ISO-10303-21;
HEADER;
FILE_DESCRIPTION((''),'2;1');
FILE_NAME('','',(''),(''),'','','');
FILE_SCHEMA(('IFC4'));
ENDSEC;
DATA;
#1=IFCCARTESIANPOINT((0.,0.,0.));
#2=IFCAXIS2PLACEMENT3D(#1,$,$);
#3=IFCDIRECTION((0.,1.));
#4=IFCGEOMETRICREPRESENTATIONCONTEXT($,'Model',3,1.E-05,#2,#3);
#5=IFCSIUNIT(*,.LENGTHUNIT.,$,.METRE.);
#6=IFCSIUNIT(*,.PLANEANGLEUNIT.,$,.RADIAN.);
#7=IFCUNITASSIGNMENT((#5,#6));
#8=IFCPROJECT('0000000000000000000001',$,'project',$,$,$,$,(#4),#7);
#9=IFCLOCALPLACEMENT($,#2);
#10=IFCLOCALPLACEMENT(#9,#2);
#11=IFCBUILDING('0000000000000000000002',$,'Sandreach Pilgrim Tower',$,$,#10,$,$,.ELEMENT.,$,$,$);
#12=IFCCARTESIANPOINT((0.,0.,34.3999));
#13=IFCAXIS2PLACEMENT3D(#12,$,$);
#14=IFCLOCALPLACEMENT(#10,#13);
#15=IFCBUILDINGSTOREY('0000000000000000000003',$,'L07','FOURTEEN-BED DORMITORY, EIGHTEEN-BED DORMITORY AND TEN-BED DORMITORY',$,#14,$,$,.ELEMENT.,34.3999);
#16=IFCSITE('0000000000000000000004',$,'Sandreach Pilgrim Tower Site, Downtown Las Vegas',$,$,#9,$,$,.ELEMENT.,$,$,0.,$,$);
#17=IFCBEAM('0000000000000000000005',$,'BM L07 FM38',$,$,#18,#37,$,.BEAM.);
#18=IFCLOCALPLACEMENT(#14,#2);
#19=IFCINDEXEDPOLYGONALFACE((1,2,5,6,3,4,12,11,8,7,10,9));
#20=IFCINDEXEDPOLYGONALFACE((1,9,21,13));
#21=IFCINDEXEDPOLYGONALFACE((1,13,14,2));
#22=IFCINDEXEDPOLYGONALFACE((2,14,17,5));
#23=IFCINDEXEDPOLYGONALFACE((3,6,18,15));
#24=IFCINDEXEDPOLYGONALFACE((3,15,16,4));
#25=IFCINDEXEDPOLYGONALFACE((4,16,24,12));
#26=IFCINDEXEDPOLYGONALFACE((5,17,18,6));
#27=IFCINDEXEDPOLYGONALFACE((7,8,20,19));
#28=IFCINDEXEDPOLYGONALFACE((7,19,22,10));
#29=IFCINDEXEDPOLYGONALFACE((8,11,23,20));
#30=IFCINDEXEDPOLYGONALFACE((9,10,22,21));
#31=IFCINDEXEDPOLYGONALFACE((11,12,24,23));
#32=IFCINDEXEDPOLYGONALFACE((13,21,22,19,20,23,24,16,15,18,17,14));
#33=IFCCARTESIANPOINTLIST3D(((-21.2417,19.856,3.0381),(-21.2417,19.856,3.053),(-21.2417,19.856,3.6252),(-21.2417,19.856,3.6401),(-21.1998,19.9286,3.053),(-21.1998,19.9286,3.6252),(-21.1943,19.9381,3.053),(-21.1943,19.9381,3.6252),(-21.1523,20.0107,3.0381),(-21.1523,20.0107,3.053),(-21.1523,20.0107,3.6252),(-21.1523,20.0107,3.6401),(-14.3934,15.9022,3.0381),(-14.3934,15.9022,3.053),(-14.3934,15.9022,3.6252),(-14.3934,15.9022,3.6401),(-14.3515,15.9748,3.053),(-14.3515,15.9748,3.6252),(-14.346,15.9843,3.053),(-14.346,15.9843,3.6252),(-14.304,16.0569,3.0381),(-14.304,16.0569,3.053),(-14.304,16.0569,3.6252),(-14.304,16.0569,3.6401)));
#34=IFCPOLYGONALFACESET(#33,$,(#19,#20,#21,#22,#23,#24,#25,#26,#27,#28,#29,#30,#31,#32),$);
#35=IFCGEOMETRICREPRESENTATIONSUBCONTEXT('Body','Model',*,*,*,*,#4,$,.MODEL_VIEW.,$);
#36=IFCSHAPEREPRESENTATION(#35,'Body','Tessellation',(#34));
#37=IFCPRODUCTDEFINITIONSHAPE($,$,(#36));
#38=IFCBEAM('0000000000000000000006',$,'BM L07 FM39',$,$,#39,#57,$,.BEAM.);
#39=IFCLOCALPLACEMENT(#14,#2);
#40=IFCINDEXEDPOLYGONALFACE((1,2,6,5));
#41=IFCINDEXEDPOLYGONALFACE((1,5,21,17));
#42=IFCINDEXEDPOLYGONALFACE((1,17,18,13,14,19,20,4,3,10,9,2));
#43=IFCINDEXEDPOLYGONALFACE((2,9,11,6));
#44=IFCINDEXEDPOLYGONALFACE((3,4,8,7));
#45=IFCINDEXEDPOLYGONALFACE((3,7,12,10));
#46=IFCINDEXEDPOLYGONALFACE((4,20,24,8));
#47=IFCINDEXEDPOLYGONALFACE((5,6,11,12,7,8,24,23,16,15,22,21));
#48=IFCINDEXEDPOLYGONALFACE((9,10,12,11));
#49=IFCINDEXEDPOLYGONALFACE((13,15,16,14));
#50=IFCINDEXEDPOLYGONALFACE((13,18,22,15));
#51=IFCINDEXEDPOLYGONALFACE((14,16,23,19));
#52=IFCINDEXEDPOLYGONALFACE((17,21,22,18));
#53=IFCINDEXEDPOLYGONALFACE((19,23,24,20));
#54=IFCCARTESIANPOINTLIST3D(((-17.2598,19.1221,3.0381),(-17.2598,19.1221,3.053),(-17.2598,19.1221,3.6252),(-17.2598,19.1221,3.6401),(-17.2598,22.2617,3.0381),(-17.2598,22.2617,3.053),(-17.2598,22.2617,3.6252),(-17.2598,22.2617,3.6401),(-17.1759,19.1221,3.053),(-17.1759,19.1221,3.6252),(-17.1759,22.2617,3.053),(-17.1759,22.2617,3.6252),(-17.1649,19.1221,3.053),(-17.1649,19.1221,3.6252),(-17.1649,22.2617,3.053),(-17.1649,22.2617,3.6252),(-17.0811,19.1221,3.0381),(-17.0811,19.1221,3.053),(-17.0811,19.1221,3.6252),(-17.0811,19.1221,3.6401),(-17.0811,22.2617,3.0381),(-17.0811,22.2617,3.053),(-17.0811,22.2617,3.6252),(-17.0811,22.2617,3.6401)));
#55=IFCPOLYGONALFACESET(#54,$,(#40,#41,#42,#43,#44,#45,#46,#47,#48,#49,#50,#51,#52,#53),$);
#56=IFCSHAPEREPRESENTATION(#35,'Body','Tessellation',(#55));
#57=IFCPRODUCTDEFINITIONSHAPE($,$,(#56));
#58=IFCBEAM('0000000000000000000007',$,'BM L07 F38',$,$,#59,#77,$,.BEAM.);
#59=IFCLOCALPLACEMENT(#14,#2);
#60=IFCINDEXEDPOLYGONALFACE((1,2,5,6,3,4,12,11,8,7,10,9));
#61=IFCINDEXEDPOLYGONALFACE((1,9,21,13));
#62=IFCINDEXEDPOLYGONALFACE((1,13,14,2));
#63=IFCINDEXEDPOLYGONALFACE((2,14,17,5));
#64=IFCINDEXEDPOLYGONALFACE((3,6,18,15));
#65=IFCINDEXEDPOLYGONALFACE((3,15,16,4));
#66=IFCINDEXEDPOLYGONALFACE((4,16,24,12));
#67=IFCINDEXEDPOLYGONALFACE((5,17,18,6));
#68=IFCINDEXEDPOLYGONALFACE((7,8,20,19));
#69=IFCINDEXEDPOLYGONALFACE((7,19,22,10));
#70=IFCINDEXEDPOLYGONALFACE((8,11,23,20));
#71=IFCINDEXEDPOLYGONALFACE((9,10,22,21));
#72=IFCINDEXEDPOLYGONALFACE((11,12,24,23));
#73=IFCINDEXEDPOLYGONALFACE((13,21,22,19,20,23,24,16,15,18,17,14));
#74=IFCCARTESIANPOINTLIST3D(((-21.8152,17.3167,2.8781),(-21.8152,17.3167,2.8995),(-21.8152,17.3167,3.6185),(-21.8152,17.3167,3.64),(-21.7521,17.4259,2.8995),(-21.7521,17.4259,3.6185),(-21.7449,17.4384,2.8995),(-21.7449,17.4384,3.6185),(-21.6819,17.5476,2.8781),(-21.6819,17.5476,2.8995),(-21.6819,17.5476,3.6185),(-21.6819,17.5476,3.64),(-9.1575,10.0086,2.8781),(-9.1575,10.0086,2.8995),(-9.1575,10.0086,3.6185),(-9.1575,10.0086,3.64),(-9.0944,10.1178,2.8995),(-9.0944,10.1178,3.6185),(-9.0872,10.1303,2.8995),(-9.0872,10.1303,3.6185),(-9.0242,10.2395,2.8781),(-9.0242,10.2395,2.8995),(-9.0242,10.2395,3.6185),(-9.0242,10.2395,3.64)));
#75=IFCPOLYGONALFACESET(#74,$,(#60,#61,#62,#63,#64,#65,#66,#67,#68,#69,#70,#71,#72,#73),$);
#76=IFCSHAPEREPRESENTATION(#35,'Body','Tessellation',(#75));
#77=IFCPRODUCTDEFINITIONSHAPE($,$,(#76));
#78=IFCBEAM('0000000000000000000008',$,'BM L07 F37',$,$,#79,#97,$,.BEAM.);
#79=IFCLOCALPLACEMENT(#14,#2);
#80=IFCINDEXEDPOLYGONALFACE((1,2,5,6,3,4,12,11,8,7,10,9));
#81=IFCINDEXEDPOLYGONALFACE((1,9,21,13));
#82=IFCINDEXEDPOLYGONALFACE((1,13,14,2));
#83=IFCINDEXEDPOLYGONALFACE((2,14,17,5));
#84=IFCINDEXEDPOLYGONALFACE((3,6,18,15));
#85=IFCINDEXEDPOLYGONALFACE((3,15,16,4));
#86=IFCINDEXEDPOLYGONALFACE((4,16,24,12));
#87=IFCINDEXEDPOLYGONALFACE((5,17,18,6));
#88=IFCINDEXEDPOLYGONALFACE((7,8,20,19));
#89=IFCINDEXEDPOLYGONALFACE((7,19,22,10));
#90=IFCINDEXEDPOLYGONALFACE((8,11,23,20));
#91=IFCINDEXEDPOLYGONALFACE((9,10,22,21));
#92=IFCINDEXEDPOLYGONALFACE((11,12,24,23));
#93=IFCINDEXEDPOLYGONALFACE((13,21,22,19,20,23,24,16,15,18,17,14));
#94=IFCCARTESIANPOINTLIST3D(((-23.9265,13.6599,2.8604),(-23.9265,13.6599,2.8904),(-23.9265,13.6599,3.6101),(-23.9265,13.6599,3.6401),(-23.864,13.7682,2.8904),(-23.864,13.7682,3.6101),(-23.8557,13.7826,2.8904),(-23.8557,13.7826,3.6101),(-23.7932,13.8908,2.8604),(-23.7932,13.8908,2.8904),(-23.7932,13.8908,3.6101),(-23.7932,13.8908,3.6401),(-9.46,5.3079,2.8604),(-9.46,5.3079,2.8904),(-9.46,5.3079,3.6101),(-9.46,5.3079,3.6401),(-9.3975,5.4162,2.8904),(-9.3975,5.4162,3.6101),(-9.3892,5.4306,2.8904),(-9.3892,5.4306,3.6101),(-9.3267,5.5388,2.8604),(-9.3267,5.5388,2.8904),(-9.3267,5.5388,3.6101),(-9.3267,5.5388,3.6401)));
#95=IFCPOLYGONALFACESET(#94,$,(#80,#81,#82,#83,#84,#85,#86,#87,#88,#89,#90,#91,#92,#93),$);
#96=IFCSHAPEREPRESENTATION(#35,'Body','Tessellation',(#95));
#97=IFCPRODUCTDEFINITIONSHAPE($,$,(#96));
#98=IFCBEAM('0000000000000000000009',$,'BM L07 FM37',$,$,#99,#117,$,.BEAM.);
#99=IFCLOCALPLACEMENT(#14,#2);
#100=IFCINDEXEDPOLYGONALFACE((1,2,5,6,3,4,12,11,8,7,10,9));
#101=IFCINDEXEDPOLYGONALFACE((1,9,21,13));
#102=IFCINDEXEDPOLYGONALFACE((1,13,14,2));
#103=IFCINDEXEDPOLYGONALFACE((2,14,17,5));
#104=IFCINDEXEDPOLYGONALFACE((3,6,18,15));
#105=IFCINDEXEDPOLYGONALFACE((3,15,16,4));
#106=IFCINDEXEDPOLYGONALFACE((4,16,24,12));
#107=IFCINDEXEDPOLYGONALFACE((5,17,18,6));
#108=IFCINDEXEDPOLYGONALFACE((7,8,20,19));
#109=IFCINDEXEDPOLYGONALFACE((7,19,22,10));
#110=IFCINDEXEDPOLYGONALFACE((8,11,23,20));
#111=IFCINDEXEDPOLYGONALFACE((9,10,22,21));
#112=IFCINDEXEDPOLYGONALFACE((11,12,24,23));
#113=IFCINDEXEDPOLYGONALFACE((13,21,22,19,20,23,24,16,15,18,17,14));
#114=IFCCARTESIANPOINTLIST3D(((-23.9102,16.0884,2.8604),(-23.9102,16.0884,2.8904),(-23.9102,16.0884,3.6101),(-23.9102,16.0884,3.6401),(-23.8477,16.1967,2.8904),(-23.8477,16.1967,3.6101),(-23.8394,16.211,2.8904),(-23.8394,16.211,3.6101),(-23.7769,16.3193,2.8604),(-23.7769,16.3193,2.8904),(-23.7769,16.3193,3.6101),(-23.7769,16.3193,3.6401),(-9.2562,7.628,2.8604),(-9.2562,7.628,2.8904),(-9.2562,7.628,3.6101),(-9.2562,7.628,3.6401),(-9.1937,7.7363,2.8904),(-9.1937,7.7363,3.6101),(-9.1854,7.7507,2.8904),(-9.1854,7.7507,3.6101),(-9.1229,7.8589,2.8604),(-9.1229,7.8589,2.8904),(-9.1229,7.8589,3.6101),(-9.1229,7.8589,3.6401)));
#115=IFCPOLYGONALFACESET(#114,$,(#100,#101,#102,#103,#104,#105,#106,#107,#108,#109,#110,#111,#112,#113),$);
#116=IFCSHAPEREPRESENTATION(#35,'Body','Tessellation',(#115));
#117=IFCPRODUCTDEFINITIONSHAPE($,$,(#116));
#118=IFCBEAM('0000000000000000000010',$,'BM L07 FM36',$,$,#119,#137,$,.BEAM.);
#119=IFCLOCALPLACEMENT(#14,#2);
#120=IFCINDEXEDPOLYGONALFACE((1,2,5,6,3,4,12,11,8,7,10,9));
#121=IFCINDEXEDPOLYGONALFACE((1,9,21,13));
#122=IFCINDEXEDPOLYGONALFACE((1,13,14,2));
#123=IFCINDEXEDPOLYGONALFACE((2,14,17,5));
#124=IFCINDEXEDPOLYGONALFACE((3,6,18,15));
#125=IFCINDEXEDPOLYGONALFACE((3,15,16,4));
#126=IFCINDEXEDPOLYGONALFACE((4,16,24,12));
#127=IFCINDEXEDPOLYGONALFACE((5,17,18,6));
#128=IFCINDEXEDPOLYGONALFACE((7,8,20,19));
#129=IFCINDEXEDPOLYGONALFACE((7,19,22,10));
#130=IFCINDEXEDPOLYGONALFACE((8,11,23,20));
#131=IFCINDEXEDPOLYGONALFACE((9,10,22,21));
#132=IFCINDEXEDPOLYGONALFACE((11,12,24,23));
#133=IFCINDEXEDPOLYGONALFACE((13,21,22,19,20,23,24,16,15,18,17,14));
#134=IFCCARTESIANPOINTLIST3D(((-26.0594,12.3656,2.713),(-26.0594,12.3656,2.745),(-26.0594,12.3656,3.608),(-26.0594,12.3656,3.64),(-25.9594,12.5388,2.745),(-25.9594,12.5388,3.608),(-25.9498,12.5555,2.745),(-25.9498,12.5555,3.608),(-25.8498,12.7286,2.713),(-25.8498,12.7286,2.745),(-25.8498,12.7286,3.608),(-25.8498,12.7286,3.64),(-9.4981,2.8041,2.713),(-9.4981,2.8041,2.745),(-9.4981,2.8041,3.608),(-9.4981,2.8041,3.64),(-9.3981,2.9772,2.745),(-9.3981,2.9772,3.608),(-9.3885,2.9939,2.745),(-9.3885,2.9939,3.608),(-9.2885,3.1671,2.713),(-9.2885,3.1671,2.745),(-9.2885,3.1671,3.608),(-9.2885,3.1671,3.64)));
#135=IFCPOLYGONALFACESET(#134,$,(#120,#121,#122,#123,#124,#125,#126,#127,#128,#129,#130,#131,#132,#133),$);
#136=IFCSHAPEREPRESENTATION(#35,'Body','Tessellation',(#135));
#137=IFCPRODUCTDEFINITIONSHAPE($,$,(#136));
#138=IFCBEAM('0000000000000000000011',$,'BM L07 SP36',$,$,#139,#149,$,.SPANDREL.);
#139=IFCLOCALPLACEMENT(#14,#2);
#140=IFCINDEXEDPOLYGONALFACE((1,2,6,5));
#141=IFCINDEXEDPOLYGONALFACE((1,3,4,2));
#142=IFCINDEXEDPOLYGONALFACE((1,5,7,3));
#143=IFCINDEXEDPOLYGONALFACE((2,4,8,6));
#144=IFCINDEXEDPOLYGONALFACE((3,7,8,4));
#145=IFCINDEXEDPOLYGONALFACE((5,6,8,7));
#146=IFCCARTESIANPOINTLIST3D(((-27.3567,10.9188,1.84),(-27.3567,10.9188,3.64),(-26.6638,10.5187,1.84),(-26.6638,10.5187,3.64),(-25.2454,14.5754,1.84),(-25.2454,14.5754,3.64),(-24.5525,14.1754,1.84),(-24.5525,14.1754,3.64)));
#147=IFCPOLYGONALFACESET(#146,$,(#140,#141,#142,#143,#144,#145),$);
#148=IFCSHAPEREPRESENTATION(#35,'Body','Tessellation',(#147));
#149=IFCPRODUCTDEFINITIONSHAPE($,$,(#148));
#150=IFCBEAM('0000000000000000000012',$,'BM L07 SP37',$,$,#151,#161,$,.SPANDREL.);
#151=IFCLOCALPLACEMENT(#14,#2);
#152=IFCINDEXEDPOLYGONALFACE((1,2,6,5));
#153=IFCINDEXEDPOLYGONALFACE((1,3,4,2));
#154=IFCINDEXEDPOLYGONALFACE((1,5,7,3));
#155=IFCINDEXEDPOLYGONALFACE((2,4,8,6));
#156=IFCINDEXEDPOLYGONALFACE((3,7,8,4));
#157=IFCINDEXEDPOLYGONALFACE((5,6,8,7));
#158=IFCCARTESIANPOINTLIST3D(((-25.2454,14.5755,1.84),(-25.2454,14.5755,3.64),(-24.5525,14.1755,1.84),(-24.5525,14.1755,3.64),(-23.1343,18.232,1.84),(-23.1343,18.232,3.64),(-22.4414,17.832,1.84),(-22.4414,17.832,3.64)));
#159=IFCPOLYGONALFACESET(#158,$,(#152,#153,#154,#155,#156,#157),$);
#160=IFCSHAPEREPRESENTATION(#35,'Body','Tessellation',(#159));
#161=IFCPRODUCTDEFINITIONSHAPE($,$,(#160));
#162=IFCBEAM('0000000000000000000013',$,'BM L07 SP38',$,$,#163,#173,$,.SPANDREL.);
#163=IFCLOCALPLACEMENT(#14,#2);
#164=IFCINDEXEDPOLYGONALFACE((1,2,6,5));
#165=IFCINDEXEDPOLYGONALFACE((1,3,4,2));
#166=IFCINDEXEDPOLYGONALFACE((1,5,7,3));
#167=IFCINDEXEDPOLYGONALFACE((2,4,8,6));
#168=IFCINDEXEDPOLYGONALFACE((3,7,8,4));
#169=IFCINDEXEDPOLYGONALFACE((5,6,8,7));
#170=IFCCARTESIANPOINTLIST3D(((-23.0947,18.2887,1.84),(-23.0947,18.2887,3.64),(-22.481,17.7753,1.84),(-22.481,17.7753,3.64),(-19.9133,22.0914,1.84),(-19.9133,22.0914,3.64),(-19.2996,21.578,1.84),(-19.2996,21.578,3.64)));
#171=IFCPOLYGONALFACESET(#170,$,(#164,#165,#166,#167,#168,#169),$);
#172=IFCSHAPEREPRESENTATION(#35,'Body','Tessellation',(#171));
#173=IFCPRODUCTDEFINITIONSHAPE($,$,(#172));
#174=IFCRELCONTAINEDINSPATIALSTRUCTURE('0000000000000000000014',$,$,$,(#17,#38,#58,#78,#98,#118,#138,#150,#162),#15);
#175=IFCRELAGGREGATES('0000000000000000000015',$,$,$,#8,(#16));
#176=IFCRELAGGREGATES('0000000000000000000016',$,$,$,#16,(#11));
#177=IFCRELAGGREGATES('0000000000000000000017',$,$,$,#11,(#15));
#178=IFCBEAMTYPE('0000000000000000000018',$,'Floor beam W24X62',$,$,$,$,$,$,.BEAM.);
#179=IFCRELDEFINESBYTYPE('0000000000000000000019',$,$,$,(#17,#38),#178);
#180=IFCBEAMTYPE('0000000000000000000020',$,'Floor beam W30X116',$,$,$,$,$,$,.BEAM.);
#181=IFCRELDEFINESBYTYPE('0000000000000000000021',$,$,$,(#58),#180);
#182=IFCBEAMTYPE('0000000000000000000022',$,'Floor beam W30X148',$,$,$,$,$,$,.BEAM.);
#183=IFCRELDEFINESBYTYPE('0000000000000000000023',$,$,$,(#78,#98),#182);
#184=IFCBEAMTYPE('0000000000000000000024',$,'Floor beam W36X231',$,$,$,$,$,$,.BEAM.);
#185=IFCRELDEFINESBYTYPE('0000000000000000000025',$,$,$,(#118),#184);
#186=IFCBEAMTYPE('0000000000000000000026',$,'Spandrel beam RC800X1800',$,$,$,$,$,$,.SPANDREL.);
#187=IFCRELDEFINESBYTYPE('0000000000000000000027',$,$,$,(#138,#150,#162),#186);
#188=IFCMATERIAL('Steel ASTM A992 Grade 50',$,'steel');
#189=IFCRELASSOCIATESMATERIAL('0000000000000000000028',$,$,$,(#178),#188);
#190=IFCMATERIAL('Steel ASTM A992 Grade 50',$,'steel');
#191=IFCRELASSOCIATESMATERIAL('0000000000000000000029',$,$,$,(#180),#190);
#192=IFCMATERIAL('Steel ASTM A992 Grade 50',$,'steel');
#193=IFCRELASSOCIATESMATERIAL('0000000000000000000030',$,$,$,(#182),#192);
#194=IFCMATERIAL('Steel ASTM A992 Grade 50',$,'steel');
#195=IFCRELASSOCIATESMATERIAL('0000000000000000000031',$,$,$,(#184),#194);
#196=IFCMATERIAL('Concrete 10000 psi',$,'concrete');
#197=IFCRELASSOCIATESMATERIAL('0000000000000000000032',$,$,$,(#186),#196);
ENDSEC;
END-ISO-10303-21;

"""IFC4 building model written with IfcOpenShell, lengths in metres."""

from ifc_helpers import new_model, si_unit, direction, frame, origin, origin_2d, place, context, subcontext, project, spatial, rectangle, i_section, extrude, material, material_profile, profile_set, type_object, element, save


model = new_model("IFC4")

# Units and contexts
model_context = context("Model", 3, precision=1e-05, world=origin(), true_north=direction((0.0, 1.0)))
body_context = subcontext(model_context, "Body", "Model", "MODEL_VIEW")
ifc_project = project(units=[si_unit("LENGTHUNIT", "METRE"), si_unit("PLANEANGLEUNIT", "RADIAN")], contexts=[model_context])

# Site, building, storey
site_placement = place(None, origin())
site = spatial("IfcSite", under=ifc_project, at=site_placement, Name="Sandreach Pilgrim Tower Site, Downtown Las Vegas", CompositionType="ELEMENT", RefElevation=0.0)
building_placement = place(site_placement, origin())
building = spatial("IfcBuilding", under=site, at=building_placement, Name="Sandreach Pilgrim Tower", CompositionType="ELEMENT")
storey_placement = place(building_placement, frame((0.0, 0.0, 34.3999)))
storey = spatial("IfcBuildingStorey", under=building, at=storey_placement, Name="L07", Description="FOURTEEN-BED DORMITORY, EIGHTEEN-BED DORMITORY AND TEN-BED DORMITORY", CompositionType="ELEMENT", Elevation=34.3999)

# Beams
ifc_material_1 = material(Name="Steel ASTM A992 Grade 50", Category="steel")
ifc_material_profile_1 = material_profile(ifc_material_1, i_section(OverallWidth=0.1787, OverallDepth=0.6021, WebThickness=0.011, FlangeThickness=0.0149, at=origin_2d()), Name="W24X62")
ifc_profile_set_1 = profile_set([ifc_material_profile_1], Name="Steel ASTM A992 Grade 50")
beam_type_1 = type_object("IfcBeamType", Name="Floor beam W24X62", PredefinedType="BEAM", material=ifc_profile_set_1)
beam_1_placement = place(storey_placement, frame((-21.197, 19.9333, 3.3391), z_axis=(0.866029, -0.499994, 0.0), x_axis=(0.499994, 0.866029, 0.0)))
element("IfcBeam", 1, at=beam_1_placement, inside=storey, type_object=beam_type_1, Name="BM L07 FM38", PredefinedType="BEAM", context=body_context, shape_type="SweptSolid", body=[
    extrude(i_section(OverallWidth=0.1787, OverallDepth=0.6021, WebThickness=0.011, FlangeThickness=0.0149, at=origin_2d()), origin(), (0.0, 0.0, 1.0), 7.9077),
])
beam_2_placement = place(storey_placement, frame((-17.1704, 22.2617, 3.3391), z_axis=(0.0, -1.0, 0.0), x_axis=(1.0, 0.0, 0.0)))
element("IfcBeam", 2, at=beam_2_placement, inside=storey, type_object=beam_type_1, Name="BM L07 FM39", PredefinedType="BEAM", context=body_context, shape_type="SweptSolid", body=[
    extrude(i_section(OverallWidth=0.1787, OverallDepth=0.6021, WebThickness=0.011, FlangeThickness=0.0149, at=origin_2d()), origin(), (0.0, 0.0, 1.0), 3.1396),
])
ifc_material_2 = material(Name="Steel ASTM A992 Grade 50", Category="steel")
ifc_material_profile_2 = material_profile(ifc_material_2, i_section(OverallWidth=0.2666, OverallDepth=0.762, WebThickness=0.0144, FlangeThickness=0.0215, at=origin_2d()), Name="W30X116")
ifc_profile_set_2 = profile_set([ifc_material_profile_2], Name="Steel ASTM A992 Grade 50")
beam_type_2 = type_object("IfcBeamType", Name="Floor beam W30X116", PredefinedType="BEAM", material=ifc_profile_set_2)
beam_3_placement = place(storey_placement, frame((-21.7485, 17.4321, 3.259), z_axis=(0.86602, -0.500009, 0.0), x_axis=(0.500009, 0.86602, 0.0)))
element("IfcBeam", 3, at=beam_3_placement, inside=storey, type_object=beam_type_2, Name="BM L07 F38", PredefinedType="BEAM", context=body_context, shape_type="SweptSolid", body=[
    extrude(i_section(OverallWidth=0.2666, OverallDepth=0.762, WebThickness=0.0144, FlangeThickness=0.0215, at=origin_2d()), origin(), (0.0, 0.0, 1.0), 14.616),
])
ifc_material_3 = material(Name="Steel ASTM A992 Grade 50", Category="steel")
ifc_material_profile_3 = material_profile(ifc_material_3, i_section(OverallWidth=0.2666, OverallDepth=0.7798, WebThickness=0.0166, FlangeThickness=0.03, at=origin_2d()), Name="W30X148")
ifc_profile_set_3 = profile_set([ifc_material_profile_3], Name="Steel ASTM A992 Grade 50")
beam_type_3 = type_object("IfcBeamType", Name="Floor beam W30X148", PredefinedType="BEAM", material=ifc_profile_set_3)
beam_4_placement = place(storey_placement, frame((-23.8599, 13.7754, 3.2502), z_axis=(0.866031, -0.49999, 0.0), x_axis=(0.49999, 0.866031, 0.0)))
element("IfcBeam", 4, at=beam_4_placement, inside=storey, type_object=beam_type_3, Name="BM L07 F37", PredefinedType="BEAM", context=body_context, shape_type="SweptSolid", body=[
    extrude(i_section(OverallWidth=0.2666, OverallDepth=0.7798, WebThickness=0.0166, FlangeThickness=0.03, at=origin_2d()), origin(), (0.0, 0.0, 1.0), 16.7043),
])
beam_5_placement = place(storey_placement, frame((-23.8435, 16.2039, 3.2502), z_axis=(0.866027, -0.499997, 0.0), x_axis=(0.499997, 0.866027, 0.0)))
element("IfcBeam", 5, at=beam_5_placement, inside=storey, type_object=beam_type_3, Name="BM L07 FM37", PredefinedType="BEAM", context=body_context, shape_type="SweptSolid", body=[
    extrude(i_section(OverallWidth=0.2666, OverallDepth=0.7798, WebThickness=0.0166, FlangeThickness=0.03, at=origin_2d()), origin(), (0.0, 0.0, 1.0), 16.9209),
])
ifc_material_4 = material(Name="Steel ASTM A992 Grade 50", Category="steel")
ifc_material_profile_4 = material_profile(ifc_material_4, i_section(OverallWidth=0.4192, OverallDepth=0.927, WebThickness=0.0193, FlangeThickness=0.032, at=origin_2d()), Name="W36X231")
ifc_profile_set_4 = profile_set([ifc_material_profile_4], Name="Steel ASTM A992 Grade 50")
beam_type_4 = type_object("IfcBeamType", Name="Floor beam W36X231", PredefinedType="BEAM", material=ifc_profile_set_4)
beam_6_placement = place(storey_placement, frame((-25.9546, 12.5471, 3.1765), z_axis=(0.866028, -0.499995, 0.0), x_axis=(0.499995, 0.866028, 0.0)))
element("IfcBeam", 6, at=beam_6_placement, inside=storey, type_object=beam_type_4, Name="BM L07 FM36", PredefinedType="BEAM", context=body_context, shape_type="SweptSolid", body=[
    extrude(i_section(OverallWidth=0.4192, OverallDepth=0.927, WebThickness=0.0193, FlangeThickness=0.032, at=origin_2d()), origin(), (0.0, 0.0, 1.0), 19.1233),
])
ifc_material_5 = material(Name="Concrete 10000 psi", Category="concrete")
ifc_material_profile_5 = material_profile(ifc_material_5, rectangle(XDim=0.8, YDim=1.8, at=origin_2d()), Name="RC800X1800")
ifc_profile_set_5 = profile_set([ifc_material_profile_5], Name="Concrete 10000 psi")
beam_type_5 = type_object("IfcBeamType", Name="Spandrel beam RC800X1800", PredefinedType="SPANDREL", material=ifc_profile_set_5)
beam_7_placement = place(storey_placement, frame((-27.0103, 10.7188, 2.74), z_axis=(0.500019, 0.866014, 0.0), x_axis=(-0.866014, 0.500019, 0.0)))
element("IfcBeam", 7, at=beam_7_placement, inside=storey, type_object=beam_type_5, Name="BM L07 SP36", PredefinedType="SPANDREL", context=body_context, shape_type="SweptSolid", body=[
    extrude(rectangle(XDim=0.8, YDim=1.8, at=origin_2d()), origin(), (0.0, 0.0, 1.0), 4.2224),
])
beam_8_placement = place(storey_placement, frame((-24.8989, 14.3755, 2.74), z_axis=(0.500001, 0.866025, 0.0), x_axis=(-0.866025, 0.500001, 0.0)))
element("IfcBeam", 8, at=beam_8_placement, inside=storey, type_object=beam_type_5, Name="BM L07 SP37", PredefinedType="SPANDREL", context=body_context, shape_type="SweptSolid", body=[
    extrude(rectangle(XDim=0.8, YDim=1.8, at=origin_2d()), origin(), (0.0, 0.0, 1.0), 4.2222),
])
beam_9_placement = place(storey_placement, frame((-22.7878, 18.032, 2.74), z_axis=(0.641665, 0.766985, 0.0), x_axis=(-0.766985, 0.641665, 0.0)))
element("IfcBeam", 9, at=beam_9_placement, inside=storey, type_object=beam_type_5, Name="BM L07 SP38", PredefinedType="SPANDREL", context=body_context, shape_type="SweptSolid", body=[
    extrude(rectangle(XDim=0.8, YDim=1.8, at=origin_2d()), origin(), (0.0, 0.0, 1.0), 4.958),
])

save(model, "model.ifc")
